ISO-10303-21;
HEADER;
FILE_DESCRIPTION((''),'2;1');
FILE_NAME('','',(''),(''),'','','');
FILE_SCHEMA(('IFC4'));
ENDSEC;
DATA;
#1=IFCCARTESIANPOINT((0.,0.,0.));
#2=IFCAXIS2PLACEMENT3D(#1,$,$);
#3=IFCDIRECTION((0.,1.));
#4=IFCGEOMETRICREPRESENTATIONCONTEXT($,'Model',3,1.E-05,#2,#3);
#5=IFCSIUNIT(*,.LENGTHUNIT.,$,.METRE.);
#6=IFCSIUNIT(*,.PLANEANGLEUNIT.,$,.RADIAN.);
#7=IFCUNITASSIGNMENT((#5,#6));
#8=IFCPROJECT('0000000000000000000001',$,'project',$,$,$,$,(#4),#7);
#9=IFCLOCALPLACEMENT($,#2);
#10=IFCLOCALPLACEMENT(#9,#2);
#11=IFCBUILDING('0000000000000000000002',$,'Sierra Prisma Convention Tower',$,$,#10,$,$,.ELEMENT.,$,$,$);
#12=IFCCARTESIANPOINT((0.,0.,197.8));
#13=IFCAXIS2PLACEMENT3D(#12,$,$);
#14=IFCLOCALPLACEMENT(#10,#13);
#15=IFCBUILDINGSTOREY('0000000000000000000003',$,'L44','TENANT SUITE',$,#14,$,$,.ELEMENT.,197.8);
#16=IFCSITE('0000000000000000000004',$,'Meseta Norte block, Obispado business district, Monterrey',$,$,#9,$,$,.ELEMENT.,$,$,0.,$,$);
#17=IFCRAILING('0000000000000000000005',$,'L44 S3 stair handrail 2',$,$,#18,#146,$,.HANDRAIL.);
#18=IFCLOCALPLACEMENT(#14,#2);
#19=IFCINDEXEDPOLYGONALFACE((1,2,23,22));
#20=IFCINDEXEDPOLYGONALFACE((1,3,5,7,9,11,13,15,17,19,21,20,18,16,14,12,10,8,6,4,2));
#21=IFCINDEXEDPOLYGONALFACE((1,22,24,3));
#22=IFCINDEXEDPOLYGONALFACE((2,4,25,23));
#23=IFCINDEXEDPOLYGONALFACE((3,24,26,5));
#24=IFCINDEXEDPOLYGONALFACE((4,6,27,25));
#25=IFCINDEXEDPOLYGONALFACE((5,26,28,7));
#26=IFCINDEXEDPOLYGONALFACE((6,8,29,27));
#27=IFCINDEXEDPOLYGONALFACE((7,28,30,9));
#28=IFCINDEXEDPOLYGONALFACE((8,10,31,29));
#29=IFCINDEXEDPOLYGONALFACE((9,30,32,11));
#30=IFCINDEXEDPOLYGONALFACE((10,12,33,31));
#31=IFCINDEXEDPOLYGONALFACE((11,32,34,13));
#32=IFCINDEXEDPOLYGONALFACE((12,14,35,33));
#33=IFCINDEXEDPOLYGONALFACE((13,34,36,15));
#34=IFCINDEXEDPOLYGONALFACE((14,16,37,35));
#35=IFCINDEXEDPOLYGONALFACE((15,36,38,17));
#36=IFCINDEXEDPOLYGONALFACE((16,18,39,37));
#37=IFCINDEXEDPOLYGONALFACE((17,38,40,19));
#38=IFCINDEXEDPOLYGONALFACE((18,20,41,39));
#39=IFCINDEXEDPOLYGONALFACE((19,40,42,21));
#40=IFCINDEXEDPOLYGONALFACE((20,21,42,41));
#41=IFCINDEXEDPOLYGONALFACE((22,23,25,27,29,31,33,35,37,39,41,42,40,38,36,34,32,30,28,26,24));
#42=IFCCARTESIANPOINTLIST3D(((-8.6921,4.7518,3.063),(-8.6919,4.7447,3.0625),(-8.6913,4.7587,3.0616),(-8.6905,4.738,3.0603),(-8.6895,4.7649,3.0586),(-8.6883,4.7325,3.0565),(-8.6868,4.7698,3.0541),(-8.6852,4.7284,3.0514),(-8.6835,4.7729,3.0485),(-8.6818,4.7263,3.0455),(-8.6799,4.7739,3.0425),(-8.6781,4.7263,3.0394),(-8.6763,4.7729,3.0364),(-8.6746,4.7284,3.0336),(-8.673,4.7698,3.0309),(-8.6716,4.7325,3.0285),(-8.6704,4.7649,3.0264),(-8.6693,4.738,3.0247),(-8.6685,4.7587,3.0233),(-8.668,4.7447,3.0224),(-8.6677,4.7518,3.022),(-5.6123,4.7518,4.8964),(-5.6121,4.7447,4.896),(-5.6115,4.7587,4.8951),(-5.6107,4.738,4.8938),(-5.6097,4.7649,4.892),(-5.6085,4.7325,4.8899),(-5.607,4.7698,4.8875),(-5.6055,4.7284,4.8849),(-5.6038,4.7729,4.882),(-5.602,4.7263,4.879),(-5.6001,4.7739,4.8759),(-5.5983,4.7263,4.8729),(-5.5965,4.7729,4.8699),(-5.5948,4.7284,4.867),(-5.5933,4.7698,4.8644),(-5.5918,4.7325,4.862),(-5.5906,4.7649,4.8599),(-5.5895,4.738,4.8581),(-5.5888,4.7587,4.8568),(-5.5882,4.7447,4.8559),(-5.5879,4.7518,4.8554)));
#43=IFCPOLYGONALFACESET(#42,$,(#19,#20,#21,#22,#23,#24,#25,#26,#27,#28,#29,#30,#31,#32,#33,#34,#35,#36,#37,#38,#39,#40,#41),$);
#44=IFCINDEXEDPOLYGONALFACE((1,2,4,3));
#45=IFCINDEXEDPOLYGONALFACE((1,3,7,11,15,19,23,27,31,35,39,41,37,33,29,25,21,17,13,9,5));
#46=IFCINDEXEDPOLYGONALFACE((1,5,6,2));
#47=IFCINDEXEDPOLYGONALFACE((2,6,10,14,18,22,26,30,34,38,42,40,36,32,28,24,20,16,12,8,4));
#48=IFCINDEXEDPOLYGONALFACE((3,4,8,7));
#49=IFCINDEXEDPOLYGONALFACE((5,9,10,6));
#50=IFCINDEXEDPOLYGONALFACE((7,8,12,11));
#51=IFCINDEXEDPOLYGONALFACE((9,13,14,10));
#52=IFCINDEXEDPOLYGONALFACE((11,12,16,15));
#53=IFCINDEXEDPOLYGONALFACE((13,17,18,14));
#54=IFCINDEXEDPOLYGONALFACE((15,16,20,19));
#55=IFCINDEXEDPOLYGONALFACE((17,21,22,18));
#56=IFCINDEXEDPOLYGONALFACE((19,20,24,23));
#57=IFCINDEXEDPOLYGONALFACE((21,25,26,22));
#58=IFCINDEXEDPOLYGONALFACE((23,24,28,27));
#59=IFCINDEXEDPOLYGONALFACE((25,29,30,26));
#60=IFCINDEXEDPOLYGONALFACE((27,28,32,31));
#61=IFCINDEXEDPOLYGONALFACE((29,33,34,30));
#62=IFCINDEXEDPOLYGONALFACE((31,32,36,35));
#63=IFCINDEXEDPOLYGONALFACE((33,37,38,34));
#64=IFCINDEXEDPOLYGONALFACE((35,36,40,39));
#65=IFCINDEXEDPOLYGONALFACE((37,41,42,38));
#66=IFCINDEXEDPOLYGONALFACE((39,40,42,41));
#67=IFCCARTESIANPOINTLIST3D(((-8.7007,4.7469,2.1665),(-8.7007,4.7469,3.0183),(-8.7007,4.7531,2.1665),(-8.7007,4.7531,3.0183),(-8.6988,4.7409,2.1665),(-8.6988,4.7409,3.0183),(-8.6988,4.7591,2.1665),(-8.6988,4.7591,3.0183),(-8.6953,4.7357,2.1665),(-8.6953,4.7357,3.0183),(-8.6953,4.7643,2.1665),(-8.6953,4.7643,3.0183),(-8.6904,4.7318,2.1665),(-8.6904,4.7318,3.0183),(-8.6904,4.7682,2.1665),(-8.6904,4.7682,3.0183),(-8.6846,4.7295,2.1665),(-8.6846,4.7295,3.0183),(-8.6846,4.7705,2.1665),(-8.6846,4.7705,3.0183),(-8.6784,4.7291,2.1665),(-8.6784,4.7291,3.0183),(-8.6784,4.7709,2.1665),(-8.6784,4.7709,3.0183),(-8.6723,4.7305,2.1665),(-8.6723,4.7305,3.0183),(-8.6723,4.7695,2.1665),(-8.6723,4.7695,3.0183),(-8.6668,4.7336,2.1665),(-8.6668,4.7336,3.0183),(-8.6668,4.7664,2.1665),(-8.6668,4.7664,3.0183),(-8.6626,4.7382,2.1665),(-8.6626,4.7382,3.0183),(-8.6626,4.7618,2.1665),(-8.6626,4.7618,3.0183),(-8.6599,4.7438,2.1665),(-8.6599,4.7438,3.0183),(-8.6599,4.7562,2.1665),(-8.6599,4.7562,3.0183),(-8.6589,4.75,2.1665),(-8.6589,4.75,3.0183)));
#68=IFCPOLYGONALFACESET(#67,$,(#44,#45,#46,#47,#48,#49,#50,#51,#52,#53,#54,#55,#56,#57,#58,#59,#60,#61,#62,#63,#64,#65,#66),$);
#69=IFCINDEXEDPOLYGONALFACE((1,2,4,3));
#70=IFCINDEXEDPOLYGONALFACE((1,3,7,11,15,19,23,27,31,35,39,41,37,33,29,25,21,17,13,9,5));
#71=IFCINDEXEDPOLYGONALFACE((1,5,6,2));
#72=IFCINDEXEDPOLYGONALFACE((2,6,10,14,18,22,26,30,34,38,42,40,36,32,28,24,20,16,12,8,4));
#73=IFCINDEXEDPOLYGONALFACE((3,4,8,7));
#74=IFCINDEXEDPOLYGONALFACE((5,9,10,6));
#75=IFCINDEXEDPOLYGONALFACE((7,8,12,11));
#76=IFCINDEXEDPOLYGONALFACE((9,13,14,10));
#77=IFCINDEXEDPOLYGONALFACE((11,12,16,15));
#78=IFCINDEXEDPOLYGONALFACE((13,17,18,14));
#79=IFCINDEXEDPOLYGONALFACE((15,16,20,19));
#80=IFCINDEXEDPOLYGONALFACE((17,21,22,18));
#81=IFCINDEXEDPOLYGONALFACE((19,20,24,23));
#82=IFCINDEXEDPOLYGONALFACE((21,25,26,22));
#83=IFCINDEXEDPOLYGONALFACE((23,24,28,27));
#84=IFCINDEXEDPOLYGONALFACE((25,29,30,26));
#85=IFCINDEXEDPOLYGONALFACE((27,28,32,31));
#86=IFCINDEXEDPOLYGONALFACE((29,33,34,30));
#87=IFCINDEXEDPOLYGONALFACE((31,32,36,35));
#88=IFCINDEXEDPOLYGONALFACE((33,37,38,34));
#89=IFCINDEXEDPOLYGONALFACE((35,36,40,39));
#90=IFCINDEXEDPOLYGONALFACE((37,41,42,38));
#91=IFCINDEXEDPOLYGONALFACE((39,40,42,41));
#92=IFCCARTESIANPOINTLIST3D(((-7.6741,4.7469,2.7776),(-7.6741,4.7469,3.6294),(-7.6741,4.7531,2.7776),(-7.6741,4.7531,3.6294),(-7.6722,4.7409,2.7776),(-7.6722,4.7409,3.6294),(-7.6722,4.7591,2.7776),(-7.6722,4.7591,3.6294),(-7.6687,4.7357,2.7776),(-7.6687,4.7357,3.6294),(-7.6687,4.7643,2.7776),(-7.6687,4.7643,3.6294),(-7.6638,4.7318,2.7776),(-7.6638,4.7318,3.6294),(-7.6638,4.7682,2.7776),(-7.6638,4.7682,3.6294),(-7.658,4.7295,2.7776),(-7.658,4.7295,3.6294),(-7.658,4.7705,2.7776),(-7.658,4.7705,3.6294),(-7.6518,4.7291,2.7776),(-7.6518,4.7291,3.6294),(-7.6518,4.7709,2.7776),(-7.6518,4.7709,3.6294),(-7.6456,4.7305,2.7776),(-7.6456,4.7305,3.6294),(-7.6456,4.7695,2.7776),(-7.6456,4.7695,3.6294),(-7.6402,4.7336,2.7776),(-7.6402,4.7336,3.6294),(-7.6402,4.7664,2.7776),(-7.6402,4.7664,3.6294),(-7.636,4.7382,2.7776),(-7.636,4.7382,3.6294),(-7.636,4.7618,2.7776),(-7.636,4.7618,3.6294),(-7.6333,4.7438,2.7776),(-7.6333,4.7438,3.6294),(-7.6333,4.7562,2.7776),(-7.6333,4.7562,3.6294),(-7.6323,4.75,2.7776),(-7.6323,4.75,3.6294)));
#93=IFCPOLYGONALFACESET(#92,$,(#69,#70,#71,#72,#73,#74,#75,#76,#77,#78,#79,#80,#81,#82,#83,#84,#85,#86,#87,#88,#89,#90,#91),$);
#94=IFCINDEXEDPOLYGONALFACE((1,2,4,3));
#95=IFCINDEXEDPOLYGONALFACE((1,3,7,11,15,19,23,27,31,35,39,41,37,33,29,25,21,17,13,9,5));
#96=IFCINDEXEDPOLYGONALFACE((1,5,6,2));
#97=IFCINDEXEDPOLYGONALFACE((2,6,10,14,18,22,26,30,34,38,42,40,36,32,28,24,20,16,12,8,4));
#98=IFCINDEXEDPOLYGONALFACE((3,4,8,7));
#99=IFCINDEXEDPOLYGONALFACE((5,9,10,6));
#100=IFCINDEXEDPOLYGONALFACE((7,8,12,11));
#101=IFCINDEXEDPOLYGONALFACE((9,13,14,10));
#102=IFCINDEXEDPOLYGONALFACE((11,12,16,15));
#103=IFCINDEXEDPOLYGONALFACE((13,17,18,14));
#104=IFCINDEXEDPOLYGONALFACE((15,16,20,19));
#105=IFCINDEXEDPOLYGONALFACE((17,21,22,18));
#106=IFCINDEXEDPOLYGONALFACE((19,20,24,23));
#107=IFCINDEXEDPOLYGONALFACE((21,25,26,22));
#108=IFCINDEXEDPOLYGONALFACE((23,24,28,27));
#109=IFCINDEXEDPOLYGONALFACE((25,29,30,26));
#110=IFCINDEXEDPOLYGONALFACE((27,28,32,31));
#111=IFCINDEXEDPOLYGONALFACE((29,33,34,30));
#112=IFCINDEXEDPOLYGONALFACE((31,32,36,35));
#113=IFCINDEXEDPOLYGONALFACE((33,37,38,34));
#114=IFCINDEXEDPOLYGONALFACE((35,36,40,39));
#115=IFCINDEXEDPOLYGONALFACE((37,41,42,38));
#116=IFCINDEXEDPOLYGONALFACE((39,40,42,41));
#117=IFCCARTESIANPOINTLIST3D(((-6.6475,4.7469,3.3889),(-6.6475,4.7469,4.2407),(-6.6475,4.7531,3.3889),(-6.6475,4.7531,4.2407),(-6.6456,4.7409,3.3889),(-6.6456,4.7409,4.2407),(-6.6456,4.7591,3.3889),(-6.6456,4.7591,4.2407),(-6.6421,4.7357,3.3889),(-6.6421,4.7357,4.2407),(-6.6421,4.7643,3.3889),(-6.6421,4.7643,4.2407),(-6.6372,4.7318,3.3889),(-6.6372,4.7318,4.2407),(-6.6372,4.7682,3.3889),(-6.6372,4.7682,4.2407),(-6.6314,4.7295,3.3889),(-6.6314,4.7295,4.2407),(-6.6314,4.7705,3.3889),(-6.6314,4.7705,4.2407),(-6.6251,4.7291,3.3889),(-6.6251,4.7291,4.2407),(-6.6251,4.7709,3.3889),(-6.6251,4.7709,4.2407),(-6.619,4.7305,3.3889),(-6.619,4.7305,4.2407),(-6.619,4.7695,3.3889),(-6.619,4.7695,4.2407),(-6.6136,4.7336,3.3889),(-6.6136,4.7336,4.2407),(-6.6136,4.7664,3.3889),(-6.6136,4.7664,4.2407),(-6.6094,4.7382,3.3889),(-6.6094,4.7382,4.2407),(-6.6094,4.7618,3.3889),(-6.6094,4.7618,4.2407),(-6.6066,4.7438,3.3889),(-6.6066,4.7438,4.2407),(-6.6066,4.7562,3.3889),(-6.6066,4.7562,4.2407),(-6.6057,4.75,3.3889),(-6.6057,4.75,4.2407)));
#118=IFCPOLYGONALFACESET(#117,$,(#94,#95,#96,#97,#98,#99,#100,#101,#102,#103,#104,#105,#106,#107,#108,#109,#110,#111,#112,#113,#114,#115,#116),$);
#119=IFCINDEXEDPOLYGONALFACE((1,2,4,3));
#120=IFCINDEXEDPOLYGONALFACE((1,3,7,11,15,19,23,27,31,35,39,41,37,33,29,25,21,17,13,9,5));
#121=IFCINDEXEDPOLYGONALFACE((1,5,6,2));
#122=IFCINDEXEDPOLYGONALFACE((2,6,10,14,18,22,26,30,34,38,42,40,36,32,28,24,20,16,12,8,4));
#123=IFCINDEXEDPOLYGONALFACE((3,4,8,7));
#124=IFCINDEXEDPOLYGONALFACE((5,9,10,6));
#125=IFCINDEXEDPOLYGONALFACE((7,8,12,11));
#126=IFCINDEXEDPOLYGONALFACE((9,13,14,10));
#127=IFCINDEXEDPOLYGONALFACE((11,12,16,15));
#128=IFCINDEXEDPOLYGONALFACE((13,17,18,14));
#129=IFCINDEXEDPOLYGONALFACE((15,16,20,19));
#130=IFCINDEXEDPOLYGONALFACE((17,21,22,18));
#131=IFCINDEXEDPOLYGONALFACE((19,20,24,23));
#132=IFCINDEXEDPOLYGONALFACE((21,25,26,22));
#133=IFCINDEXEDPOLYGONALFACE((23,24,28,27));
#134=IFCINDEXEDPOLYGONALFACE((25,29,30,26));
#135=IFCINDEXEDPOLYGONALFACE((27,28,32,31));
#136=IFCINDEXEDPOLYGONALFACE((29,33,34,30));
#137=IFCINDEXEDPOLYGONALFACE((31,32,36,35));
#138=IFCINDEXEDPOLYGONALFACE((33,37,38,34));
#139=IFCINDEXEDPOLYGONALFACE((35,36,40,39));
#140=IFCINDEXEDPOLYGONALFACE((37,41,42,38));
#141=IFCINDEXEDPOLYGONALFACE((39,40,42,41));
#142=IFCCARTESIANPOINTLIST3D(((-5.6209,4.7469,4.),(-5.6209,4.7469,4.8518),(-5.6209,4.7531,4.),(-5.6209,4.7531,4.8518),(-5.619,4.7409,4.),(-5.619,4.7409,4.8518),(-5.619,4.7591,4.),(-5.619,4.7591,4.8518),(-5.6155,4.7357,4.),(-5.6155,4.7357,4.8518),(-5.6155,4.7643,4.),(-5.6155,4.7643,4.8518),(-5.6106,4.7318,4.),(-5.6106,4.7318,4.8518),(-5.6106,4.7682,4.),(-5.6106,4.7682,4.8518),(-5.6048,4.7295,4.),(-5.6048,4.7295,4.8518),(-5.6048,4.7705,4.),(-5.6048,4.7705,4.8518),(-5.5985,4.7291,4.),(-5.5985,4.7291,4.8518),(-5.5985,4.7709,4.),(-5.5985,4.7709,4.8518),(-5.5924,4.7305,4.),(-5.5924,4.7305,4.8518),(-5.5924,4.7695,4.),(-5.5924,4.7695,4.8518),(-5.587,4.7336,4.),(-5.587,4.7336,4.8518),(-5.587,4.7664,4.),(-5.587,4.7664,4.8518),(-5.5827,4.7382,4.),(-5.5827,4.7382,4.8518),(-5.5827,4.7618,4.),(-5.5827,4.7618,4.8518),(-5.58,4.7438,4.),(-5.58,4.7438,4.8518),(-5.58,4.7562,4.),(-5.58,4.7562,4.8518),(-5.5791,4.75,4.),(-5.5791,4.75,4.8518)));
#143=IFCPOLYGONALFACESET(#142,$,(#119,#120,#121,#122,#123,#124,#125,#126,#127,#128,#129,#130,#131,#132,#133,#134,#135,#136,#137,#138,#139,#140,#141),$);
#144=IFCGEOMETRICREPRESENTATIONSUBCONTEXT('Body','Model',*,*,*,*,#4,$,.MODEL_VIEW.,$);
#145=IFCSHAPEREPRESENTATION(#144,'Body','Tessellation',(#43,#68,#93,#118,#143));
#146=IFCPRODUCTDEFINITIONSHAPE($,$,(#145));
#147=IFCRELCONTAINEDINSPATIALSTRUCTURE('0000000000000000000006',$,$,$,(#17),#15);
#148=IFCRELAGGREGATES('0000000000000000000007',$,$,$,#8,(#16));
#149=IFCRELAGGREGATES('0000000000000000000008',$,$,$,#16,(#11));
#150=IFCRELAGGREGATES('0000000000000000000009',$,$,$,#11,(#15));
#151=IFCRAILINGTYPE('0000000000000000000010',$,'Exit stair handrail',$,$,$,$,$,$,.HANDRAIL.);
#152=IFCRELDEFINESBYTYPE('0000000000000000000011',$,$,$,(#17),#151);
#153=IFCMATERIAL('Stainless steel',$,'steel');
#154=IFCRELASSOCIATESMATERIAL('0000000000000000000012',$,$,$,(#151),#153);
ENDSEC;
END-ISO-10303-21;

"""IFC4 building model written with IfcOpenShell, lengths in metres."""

from ifc_helpers import new_model, si_unit, direction, frame, origin, origin_2d, place, context, subcontext, project, spatial, circle, extrude, material, type_object, element, save


model = new_model("IFC4")

# Units and contexts
model_context = context("Model", 3, precision=1e-05, world=origin(), true_north=direction((0.0, 1.0)))
body_context = subcontext(model_context, "Body", "Model", "MODEL_VIEW")
ifc_project = project(units=[si_unit("LENGTHUNIT", "METRE"), si_unit("PLANEANGLEUNIT", "RADIAN")], contexts=[model_context])

# Site, building, storey
site_placement = place(None, origin())
site = spatial("IfcSite", under=ifc_project, at=site_placement, Name="Meseta Norte block, Obispado business district, Monterrey", CompositionType="ELEMENT", RefElevation=0.0)
building_placement = place(site_placement, origin())
building = spatial("IfcBuilding", under=site, at=building_placement, Name="Sierra Prisma Convention Tower", CompositionType="ELEMENT")
storey_placement = place(building_placement, frame((0.0, 0.0, 197.8)))
storey = spatial("IfcBuildingStorey", under=building, at=storey_placement, Name="L44", Description="TENANT SUITE", CompositionType="ELEMENT", Elevation=197.8)

# Railing
ifc_material_1 = material(Name="Stainless steel", Category="steel")
railing_type_1 = type_object("IfcRailingType", Name="Exit stair handrail", PredefinedType="HANDRAIL", material=ifc_material_1)
railing_1_placement = place(storey_placement, frame((-8.6799, 4.75, 2.1665)))
element("IfcRailing", 1, at=railing_1_placement, inside=storey, type_object=railing_type_1, Name="L44 S3 stair handrail 2", PredefinedType="HANDRAIL", context=body_context, shape_type="SweptSolid", body=[
    extrude(circle(Radius=0.0239, at=origin_2d()), frame((0.0, 0.0, 0.876), z_axis=(0.859261, 0.0, 0.511538), x_axis=(0.0, 1.0, 0.0)), (0.0, 0.0, 1.0), 3.5842),
    extrude(circle(Radius=0.021, at=origin_2d()), origin(), (0.0, 0.0, 1.0), 0.8518),
    extrude(circle(Radius=0.021, at=origin_2d()), frame((1.0266, 0.0, 0.6111)), (0.0, 0.0, 1.0), 0.8518),
    extrude(circle(Radius=0.021, at=origin_2d()), frame((2.0532, 0.0, 1.2224)), (0.0, 0.0, 1.0), 0.8518),
    extrude(circle(Radius=0.021, at=origin_2d()), frame((3.0798, 0.0, 1.8335)), (0.0, 0.0, 1.0), 0.8518),
])

save(model, "model.ifc")
